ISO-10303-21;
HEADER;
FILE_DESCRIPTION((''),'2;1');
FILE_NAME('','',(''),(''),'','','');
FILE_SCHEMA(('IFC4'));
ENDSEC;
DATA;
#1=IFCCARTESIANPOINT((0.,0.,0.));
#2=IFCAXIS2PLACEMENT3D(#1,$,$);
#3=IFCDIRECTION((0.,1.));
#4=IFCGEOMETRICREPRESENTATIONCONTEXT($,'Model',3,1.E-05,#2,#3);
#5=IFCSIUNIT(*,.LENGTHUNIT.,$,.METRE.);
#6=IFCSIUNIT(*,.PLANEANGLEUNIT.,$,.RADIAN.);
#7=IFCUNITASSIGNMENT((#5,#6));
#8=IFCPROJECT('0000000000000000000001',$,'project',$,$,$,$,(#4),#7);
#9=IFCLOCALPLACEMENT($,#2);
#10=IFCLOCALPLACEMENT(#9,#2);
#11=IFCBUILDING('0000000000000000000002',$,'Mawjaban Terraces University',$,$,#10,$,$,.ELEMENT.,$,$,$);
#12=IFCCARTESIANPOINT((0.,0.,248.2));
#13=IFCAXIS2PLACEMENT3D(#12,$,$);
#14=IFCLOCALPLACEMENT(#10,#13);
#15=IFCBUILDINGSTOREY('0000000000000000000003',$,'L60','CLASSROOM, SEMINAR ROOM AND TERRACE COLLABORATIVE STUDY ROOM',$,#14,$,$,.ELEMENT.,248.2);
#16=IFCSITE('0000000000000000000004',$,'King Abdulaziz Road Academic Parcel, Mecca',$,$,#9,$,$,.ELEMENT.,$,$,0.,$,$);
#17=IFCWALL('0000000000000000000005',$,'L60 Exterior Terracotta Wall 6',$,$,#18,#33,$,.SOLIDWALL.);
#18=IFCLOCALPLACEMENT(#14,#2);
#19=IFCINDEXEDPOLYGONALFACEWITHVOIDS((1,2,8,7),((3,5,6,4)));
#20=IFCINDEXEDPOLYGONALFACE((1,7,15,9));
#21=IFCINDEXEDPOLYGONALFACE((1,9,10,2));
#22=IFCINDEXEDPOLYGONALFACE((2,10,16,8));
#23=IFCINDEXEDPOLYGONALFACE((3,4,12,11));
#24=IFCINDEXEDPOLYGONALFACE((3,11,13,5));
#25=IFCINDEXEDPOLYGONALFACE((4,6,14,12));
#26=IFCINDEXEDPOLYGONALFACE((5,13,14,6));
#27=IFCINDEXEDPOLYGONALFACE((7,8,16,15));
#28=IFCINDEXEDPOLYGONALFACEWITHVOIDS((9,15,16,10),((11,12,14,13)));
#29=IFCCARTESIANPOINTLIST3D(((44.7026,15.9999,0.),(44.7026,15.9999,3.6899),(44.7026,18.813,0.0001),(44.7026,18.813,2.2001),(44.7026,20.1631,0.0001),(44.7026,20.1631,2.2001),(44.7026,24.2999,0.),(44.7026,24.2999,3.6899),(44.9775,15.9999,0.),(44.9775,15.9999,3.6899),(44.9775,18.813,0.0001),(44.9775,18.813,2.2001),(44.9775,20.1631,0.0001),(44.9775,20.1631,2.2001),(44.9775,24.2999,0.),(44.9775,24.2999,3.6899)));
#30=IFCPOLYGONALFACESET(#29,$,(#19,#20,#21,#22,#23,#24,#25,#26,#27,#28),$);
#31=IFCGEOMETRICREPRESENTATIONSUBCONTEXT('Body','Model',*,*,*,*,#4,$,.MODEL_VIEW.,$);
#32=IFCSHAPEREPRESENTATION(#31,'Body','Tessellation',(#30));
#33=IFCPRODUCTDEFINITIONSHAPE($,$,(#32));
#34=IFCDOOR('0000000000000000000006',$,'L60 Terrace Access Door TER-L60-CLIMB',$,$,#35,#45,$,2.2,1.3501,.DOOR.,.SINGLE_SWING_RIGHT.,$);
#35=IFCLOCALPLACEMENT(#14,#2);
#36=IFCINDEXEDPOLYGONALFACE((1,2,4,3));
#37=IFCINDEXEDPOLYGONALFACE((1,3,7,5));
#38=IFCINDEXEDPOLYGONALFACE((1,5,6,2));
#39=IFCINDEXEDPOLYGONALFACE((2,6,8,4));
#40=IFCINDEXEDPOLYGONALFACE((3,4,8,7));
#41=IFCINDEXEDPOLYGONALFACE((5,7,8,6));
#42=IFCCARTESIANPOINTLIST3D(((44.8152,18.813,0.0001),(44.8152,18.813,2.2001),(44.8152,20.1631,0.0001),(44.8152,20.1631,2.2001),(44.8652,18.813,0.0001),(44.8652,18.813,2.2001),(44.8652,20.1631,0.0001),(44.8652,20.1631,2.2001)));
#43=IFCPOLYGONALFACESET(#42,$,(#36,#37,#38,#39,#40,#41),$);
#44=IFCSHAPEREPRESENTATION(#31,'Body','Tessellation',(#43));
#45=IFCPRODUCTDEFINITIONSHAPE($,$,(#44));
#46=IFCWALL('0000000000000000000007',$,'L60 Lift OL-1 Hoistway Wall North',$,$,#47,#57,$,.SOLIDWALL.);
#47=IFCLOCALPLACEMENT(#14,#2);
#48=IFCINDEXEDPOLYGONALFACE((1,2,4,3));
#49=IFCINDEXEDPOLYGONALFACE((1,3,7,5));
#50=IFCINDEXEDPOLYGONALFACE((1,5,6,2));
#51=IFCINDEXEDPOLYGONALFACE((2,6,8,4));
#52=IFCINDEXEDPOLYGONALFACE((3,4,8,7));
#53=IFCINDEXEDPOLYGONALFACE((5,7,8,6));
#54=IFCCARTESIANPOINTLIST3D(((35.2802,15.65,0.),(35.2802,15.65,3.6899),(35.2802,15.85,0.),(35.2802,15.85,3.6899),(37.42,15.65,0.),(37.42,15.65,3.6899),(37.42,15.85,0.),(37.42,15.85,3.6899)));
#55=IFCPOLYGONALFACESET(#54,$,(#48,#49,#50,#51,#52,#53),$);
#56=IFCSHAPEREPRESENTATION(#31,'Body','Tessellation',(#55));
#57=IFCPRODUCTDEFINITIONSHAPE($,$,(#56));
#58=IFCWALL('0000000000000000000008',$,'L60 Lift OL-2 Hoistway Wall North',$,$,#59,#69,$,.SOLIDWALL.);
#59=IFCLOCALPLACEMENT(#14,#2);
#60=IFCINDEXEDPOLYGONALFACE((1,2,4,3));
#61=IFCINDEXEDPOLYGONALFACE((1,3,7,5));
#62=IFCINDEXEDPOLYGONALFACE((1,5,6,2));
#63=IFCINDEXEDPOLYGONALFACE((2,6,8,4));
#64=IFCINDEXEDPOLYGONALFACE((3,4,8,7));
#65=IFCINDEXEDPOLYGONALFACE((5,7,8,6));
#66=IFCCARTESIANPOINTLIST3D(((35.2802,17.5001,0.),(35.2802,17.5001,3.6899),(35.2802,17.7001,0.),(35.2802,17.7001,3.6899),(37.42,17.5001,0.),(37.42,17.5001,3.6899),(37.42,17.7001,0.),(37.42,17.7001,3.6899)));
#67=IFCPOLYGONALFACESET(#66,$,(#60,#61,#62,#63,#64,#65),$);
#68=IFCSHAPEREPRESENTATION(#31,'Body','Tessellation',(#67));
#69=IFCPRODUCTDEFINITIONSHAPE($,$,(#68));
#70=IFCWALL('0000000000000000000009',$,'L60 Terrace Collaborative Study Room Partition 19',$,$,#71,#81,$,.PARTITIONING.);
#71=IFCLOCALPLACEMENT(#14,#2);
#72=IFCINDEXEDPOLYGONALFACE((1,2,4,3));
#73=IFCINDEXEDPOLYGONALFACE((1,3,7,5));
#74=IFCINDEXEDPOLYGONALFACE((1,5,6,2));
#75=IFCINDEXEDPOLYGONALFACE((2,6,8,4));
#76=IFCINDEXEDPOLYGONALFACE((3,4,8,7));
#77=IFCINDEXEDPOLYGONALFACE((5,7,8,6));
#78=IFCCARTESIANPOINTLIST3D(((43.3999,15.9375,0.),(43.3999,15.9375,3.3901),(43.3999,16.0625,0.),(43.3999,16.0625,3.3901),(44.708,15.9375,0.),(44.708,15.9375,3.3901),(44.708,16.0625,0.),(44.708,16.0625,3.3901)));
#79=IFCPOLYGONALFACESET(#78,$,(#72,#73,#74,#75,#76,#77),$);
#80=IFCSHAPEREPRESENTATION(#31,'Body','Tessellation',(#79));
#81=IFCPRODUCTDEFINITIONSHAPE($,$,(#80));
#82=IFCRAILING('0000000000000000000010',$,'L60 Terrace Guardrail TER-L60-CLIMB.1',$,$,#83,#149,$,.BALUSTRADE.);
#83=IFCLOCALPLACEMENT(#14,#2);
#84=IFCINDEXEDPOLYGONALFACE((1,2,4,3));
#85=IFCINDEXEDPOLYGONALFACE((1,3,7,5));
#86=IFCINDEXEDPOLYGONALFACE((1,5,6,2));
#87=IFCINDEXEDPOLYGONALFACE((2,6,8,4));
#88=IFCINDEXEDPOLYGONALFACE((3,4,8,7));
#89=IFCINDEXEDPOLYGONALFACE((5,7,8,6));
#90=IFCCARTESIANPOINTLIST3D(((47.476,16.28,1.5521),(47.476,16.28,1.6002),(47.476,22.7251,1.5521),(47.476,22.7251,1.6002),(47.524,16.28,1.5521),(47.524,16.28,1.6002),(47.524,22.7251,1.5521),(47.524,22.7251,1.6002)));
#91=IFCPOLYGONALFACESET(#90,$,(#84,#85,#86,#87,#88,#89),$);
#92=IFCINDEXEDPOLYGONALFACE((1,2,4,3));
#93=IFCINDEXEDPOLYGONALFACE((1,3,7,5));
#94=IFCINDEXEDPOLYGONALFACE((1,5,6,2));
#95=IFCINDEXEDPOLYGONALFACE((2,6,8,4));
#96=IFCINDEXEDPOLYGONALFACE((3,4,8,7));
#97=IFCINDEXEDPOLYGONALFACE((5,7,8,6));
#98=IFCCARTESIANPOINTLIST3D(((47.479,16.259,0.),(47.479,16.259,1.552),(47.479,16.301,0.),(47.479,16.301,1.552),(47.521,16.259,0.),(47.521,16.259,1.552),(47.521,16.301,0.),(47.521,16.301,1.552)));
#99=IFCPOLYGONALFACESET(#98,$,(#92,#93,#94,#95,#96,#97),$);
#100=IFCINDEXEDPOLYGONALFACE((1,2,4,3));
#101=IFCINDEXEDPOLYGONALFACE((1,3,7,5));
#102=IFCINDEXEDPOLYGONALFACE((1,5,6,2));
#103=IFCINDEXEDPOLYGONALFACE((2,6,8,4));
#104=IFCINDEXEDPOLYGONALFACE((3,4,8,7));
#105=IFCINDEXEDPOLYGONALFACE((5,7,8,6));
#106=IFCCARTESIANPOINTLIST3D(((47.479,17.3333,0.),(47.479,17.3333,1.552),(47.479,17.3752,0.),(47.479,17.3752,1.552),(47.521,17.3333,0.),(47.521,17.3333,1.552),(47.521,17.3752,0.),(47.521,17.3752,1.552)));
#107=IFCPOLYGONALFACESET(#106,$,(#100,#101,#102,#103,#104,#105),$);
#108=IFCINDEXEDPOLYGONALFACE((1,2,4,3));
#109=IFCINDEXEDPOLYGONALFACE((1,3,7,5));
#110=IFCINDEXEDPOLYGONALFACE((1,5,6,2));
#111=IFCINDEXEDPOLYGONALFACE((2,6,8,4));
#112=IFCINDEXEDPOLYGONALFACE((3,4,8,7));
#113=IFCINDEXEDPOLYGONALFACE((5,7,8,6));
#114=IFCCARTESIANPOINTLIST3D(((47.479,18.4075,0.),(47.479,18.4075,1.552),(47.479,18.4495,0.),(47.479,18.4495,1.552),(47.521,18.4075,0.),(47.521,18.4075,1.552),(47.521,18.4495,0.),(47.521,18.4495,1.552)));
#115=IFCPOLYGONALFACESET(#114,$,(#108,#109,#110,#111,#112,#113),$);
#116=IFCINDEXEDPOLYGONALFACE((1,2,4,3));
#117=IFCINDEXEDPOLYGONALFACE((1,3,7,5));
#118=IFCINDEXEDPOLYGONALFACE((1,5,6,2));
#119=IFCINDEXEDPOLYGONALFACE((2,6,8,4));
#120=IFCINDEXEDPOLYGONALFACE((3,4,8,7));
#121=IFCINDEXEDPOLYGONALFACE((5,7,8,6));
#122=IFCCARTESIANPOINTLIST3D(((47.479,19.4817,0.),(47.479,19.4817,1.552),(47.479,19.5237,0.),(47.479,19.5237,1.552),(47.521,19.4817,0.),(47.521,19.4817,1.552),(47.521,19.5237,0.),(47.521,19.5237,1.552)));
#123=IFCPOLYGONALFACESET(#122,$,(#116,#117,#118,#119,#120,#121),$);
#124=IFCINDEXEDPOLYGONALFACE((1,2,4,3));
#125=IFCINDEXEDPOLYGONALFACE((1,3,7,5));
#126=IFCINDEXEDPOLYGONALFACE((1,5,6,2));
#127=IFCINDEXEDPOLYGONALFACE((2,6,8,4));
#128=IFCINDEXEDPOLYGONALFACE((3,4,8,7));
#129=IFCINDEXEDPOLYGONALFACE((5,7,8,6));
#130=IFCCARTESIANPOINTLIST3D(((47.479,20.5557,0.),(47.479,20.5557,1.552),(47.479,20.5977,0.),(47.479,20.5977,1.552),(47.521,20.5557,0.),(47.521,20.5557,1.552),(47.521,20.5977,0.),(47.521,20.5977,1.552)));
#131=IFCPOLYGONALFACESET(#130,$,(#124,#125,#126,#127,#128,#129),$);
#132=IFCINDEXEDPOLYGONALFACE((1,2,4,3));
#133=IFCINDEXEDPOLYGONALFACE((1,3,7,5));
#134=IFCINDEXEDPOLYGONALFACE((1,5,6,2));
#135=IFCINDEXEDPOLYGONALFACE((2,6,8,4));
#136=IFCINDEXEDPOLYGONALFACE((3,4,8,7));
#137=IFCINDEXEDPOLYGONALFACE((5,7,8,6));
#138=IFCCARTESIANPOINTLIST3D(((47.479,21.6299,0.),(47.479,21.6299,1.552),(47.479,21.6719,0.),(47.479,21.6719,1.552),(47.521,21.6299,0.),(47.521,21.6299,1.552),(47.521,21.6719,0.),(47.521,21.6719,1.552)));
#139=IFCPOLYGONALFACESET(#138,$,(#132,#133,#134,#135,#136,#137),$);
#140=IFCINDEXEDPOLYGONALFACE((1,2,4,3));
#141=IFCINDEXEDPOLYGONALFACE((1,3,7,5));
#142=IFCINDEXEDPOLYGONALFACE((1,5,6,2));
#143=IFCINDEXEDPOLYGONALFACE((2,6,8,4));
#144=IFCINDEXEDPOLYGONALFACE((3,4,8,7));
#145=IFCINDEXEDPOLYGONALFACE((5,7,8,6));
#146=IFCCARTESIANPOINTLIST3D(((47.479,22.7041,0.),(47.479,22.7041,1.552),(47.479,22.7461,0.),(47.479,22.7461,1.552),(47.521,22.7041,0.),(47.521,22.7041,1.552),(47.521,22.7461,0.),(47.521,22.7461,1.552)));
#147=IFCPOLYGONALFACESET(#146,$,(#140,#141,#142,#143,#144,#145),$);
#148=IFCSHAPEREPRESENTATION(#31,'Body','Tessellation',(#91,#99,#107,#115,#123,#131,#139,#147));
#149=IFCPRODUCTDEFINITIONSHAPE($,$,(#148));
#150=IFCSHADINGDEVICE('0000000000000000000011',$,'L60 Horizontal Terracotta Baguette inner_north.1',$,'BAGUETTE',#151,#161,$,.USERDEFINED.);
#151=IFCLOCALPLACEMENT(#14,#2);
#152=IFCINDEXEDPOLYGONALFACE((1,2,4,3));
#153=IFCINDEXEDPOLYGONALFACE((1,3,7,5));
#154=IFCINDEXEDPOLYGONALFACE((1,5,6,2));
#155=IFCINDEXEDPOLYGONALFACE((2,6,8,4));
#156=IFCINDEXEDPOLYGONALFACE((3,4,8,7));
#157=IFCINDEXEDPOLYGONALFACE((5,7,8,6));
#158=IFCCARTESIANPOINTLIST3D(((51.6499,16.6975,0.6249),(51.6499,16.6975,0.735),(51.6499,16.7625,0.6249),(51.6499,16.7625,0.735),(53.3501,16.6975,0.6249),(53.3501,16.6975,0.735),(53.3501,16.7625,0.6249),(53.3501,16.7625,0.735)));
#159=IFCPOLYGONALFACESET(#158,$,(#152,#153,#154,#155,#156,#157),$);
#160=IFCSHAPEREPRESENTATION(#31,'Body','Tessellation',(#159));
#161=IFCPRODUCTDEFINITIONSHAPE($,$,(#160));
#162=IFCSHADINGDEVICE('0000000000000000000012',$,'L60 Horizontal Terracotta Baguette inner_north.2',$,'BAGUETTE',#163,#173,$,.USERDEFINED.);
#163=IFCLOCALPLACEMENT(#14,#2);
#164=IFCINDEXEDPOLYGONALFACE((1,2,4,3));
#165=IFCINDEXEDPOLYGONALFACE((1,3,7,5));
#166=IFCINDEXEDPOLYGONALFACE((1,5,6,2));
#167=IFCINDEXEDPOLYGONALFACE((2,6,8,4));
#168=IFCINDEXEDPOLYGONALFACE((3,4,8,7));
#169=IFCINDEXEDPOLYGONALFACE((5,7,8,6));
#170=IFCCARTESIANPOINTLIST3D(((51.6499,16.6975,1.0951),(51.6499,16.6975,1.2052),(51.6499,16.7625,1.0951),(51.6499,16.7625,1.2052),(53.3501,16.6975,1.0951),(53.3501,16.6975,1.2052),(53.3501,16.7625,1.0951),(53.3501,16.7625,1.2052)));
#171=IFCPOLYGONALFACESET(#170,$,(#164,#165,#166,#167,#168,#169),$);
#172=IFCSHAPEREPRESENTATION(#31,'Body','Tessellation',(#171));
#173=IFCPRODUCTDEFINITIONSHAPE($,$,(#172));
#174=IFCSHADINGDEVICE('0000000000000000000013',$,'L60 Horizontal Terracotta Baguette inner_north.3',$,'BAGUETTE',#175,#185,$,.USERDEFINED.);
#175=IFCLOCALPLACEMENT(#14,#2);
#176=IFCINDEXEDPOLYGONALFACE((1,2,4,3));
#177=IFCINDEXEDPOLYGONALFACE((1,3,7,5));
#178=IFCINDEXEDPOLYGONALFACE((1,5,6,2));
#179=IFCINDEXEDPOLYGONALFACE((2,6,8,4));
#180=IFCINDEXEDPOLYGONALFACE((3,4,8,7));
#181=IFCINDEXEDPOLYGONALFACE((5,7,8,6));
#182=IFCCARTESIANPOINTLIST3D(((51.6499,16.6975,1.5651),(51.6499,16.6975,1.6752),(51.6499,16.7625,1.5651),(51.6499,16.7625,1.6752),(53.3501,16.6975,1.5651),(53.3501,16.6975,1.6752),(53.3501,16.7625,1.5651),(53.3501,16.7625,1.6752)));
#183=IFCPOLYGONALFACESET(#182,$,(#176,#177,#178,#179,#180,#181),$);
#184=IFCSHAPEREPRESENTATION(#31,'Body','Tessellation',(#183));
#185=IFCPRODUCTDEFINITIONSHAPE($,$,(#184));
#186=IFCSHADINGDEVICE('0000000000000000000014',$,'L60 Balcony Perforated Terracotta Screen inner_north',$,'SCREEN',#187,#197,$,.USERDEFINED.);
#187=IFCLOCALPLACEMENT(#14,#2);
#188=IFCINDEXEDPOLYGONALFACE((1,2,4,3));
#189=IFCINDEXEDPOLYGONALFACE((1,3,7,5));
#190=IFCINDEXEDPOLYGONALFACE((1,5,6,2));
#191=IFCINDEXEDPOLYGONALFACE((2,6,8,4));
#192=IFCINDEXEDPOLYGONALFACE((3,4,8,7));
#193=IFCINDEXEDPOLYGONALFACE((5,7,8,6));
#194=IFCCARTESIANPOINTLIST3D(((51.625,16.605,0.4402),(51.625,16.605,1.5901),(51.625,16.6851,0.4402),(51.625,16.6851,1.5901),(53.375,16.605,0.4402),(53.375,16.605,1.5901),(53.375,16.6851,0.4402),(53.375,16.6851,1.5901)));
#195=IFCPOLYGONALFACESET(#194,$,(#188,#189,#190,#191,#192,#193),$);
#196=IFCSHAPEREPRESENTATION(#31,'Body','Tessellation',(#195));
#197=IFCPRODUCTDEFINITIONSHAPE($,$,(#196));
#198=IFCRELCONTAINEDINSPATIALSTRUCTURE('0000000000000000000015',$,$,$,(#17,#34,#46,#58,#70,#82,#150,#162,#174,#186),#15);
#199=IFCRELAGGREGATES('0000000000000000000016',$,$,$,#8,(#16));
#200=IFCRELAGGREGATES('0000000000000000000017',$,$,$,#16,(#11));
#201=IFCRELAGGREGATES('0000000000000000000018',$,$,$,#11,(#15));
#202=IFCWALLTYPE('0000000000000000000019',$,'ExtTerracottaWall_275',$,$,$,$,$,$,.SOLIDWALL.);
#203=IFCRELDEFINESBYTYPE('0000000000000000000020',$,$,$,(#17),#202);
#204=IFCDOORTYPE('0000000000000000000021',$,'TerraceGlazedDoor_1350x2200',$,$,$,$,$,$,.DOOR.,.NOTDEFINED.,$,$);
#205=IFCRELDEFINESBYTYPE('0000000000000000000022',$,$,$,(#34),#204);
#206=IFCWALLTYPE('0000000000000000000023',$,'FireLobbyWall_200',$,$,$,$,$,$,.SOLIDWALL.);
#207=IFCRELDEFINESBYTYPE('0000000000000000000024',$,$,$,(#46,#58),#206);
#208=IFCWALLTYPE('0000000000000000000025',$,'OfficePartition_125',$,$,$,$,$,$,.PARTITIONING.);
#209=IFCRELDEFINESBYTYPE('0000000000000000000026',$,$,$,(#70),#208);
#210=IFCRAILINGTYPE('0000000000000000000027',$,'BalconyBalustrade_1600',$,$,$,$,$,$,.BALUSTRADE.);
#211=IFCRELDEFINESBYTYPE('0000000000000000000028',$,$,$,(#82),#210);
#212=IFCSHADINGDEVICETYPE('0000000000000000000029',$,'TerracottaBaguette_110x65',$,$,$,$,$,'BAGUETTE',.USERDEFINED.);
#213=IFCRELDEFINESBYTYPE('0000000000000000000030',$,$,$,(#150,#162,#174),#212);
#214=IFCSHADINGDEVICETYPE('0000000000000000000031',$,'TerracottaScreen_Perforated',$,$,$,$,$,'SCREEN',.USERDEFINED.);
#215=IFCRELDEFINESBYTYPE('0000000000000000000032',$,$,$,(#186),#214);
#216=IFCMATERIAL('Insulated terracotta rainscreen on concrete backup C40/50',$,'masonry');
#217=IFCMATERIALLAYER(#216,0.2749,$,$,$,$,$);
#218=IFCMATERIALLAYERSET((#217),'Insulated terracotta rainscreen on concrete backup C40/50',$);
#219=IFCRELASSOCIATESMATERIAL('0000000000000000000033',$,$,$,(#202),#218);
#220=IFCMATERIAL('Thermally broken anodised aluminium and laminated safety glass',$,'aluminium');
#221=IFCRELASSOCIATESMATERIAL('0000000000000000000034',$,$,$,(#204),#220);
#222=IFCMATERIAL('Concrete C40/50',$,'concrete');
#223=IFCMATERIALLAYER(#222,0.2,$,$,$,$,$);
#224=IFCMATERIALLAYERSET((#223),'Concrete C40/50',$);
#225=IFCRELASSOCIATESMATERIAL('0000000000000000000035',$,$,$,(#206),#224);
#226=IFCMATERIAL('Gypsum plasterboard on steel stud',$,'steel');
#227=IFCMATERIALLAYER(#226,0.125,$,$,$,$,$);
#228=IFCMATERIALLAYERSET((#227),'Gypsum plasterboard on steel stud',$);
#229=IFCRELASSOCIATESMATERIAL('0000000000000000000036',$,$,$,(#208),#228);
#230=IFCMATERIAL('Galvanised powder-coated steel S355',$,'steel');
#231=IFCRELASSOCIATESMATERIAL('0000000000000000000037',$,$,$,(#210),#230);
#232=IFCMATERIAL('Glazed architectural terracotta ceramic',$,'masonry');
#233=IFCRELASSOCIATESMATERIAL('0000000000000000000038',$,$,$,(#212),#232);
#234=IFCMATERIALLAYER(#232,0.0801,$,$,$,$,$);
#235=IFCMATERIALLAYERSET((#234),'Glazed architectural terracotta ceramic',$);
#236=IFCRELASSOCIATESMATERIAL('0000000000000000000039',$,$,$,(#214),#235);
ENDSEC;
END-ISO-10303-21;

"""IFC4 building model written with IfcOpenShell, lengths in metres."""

from ifc_helpers import new_model, si_unit, direction, frame, frame_2d, origin, origin_2d, place, context, subcontext, project, spatial, rectangle, extrude, material, layer, layer_set, material_profile, profile_set, type_object, element, fill, save


model = new_model("IFC4")

# Units and contexts
model_context = context("Model", 3, precision=1e-05, world=origin(), true_north=direction((0.0, 1.0)))
body_context = subcontext(model_context, "Body", "Model", "MODEL_VIEW")
ifc_project = project(units=[si_unit("LENGTHUNIT", "METRE"), si_unit("PLANEANGLEUNIT", "RADIAN")], contexts=[model_context])

# Site, building, storey
site_placement = place(None, origin())
site = spatial("IfcSite", under=ifc_project, at=site_placement, Name="King Abdulaziz Road Academic Parcel, Mecca", CompositionType="ELEMENT", RefElevation=0.0)
building_placement = place(site_placement, origin())
building = spatial("IfcBuilding", under=site, at=building_placement, Name="Mawjaban Terraces University", CompositionType="ELEMENT")
storey_placement = place(building_placement, frame((0.0, 0.0, 248.2)))
storey = spatial("IfcBuildingStorey", under=building, at=storey_placement, Name="L60", Description="CLASSROOM, SEMINAR ROOM AND TERRACE COLLABORATIVE STUDY ROOM", CompositionType="ELEMENT", Elevation=248.2)

# Shared definitions
ifc_material_1 = material(Name="Insulated terracotta rainscreen on concrete backup C40/50", Category="masonry")
ifc_layer_1 = layer(ifc_material_1, 0.2749)
ifc_layer_set_1 = layer_set([ifc_layer_1], Name="Insulated terracotta rainscreen on concrete backup C40/50")
wall_type_1 = type_object("IfcWallType", Name="ExtTerracottaWall_275", PredefinedType="SOLIDWALL", material=ifc_layer_set_1)
ifc_material_2 = material(Name="Thermally broken anodised aluminium and laminated safety glass", Category="aluminium")

# Wall, opening, door
wall_1_placement = place(storey_placement, frame((44.8401, 16.0, 0.0), z_axis=(0.0, 0.0, 1.0), x_axis=(0.0, 1.0, 0.0)))
wall_1 = element("IfcWall", 1, at=wall_1_placement, inside=storey, type_object=wall_type_1, Name="L60 Exterior Terracotta Wall 6", PredefinedType="SOLIDWALL", context=body_context, shape_type="SweptSolid", body=[
    extrude(rectangle(XDim=8.3, YDim=0.2749, at=frame_2d((4.1499, 0.0))), origin(), (0.0, 0.0, 1.0), 3.6899),
])
opening_1_placement = place(wall_1_placement, frame((2.813, 0.0, 0.0)))
opening_1 = element("IfcOpeningElement", 2, at=opening_1_placement, cuts=wall_1, PredefinedType="OPENING", context=body_context, shape_type="SweptSolid", body=[
    extrude(rectangle(XDim=1.3501, YDim=2.2, at=frame_2d((0.675, 1.1001))), frame((0.0, 0.1475, 0.0), z_axis=(0.0, -1.0, 0.0), x_axis=(1.0, 0.0, 0.0)), (0.0, 0.0, 1.0), 0.2949),
])
door_type_1 = type_object("IfcDoorType", Name="TerraceGlazedDoor_1350x2200", OperationType="NOTDEFINED", PredefinedType="DOOR", material=ifc_material_2)
door_1_placement = place(opening_1_placement, origin())
door_1 = element("IfcDoor", 3, at=door_1_placement, inside=storey, type_object=door_type_1, Name="L60 Terrace Access Door TER-L60-CLIMB", OperationType="SINGLE_SWING_RIGHT", OverallHeight=2.2, OverallWidth=1.3501, PredefinedType="DOOR", context=body_context, shape_type="SweptSolid", body=[
    extrude(rectangle(XDim=1.3501, YDim=2.2, at=frame_2d((0.675, 1.1001))), frame((0.0, 0.0249, 0.0), z_axis=(0.0, -1.0, 0.0), x_axis=(1.0, 0.0, 0.0)), (0.0, 0.0, 1.0), 0.05),
])
fill(opening_1, door_1)

# Walls
ifc_material_3 = material(Name="Concrete C40/50", Category="concrete")
ifc_layer_2 = layer(ifc_material_3, 0.2)
ifc_layer_set_2 = layer_set([ifc_layer_2], Name="Concrete C40/50")
wall_type_2 = type_object("IfcWallType", Name="FireLobbyWall_200", PredefinedType="SOLIDWALL", material=ifc_layer_set_2)
for number, where, z_axis, x_axis, name in (
    (4, (37.4199, 15.75, 0.0), (0.0, 0.0, 1.0), (-1.0, 0.0, 0.0), "L60 Lift OL-1 Hoistway Wall North"),
    (5, (37.4199, 17.6001, 0.0), (0.0, 0.0, 1.0), (-1.0, 0.0, 0.0), "L60 Lift OL-2 Hoistway Wall North"),
):
    element("IfcWall", number, at=place(storey_placement, frame(where, z_axis=z_axis, x_axis=x_axis)), inside=storey, type_object=wall_type_2, Name=name, PredefinedType="SOLIDWALL", context=body_context, shape_type="SweptSolid", body=[
        extrude(rectangle(XDim=2.1399, YDim=0.2, at=frame_2d((1.0698, 0.0))), origin(), (0.0, 0.0, 1.0), 3.6899),
    ])
ifc_material_4 = material(Name="Gypsum plasterboard on steel stud", Category="steel")
ifc_layer_3 = layer(ifc_material_4, 0.125)
ifc_layer_set_3 = layer_set([ifc_layer_3], Name="Gypsum plasterboard on steel stud")
wall_type_3 = type_object("IfcWallType", Name="OfficePartition_125", PredefinedType="PARTITIONING", material=ifc_layer_set_3)
wall_2_placement = place(storey_placement, frame((43.3999, 16.0, 0.0), z_axis=(0.0, 0.0, 1.0), x_axis=(1.0, 0.0, 0.0)))
element("IfcWall", 6, at=wall_2_placement, inside=storey, type_object=wall_type_3, Name="L60 Terrace Collaborative Study Room Partition 19", PredefinedType="PARTITIONING", context=body_context, shape_type="SweptSolid", body=[
    extrude(rectangle(XDim=1.3081, YDim=0.125, at=frame_2d((0.6541, 0.0))), origin(), (0.0, 0.0, 1.0), 3.3901),
])

# Railing
ifc_material_5 = material(Name="Galvanised powder-coated steel S355", Category="steel")
railing_type = type_object("IfcRailingType", Name="BalconyBalustrade_1600", PredefinedType="BALUSTRADE", material=ifc_material_5)
railing_1_placement = place(storey_placement, frame((47.5, 16.28, 0.0)))
element("IfcRailing", 7, at=railing_1_placement, inside=storey, type_object=railing_type, Name="L60 Terrace Guardrail TER-L60-CLIMB.1", PredefinedType="BALUSTRADE", context=body_context, shape_type="SweptSolid", body=[
    extrude(rectangle(XDim=0.0481, YDim=0.0481, at=origin_2d()), frame((0.0, 0.0, 1.5762), z_axis=(0.0, 1.0, 0.0), x_axis=(-1.0, 0.0, 0.0)), (0.0, 0.0, 1.0), 6.4451),
    extrude(rectangle(XDim=0.042, YDim=0.042, at=origin_2d()), origin(), (0.0, 0.0, 1.0), 1.552),
    extrude(rectangle(XDim=0.042, YDim=0.042, at=origin_2d()), frame((0.0, 1.0742, 0.0)), (0.0, 0.0, 1.0), 1.552),
    extrude(rectangle(XDim=0.042, YDim=0.042, at=origin_2d()), frame((0.0, 2.1484, 0.0)), (0.0, 0.0, 1.0), 1.552),
    extrude(rectangle(XDim=0.042, YDim=0.042, at=origin_2d()), frame((0.0, 3.2227, 0.0)), (0.0, 0.0, 1.0), 1.552),
    extrude(rectangle(XDim=0.042, YDim=0.042, at=origin_2d()), frame((0.0, 4.2966, 0.0)), (0.0, 0.0, 1.0), 1.552),
    extrude(rectangle(XDim=0.042, YDim=0.042, at=origin_2d()), frame((0.0, 5.3708, 0.0)), (0.0, 0.0, 1.0), 1.552),
    extrude(rectangle(XDim=0.042, YDim=0.042, at=origin_2d()), frame((0.0, 6.4451, 0.0)), (0.0, 0.0, 1.0), 1.552),
])

# Shading devices
ifc_material_6 = material(Name="Glazed architectural terracotta ceramic", Category="masonry")
ifc_material_profile_1 = material_profile(ifc_material_6, rectangle(XDim=0.0649, YDim=0.1101, at=origin_2d()), Name="TBAG110X65")
ifc_profile_set_1 = profile_set([ifc_material_profile_1], Name="Glazed architectural terracotta ceramic")
shading_device_type_1 = type_object("IfcShadingDeviceType", Name="TerracottaBaguette_110x65", ElementType="BAGUETTE", PredefinedType="USERDEFINED", material=ifc_profile_set_1)
for number, where, z_axis, x_axis, name in (
    (8, (51.6499, 16.73, 0.6799), (1.0, 0.0, 0.0), (0.0, 1.0, 0.0), "L60 Horizontal Terracotta Baguette inner_north.1"),
    (9, (51.6499, 16.73, 1.1501), (1.0, 0.0, 0.0), (0.0, 1.0, 0.0), "L60 Horizontal Terracotta Baguette inner_north.2"),
    (10, (51.6499, 16.73, 1.6201), (1.0, 0.0, 0.0), (0.0, 1.0, 0.0), "L60 Horizontal Terracotta Baguette inner_north.3"),
):
    element("IfcShadingDevice", number, at=place(storey_placement, frame(where, z_axis=z_axis, x_axis=x_axis)), inside=storey, type_object=shading_device_type_1, Name=name, ObjectType="BAGUETTE", PredefinedType="USERDEFINED", context=body_context, shape_type="SweptSolid", body=[
        extrude(rectangle(XDim=0.0649, YDim=0.1101, at=origin_2d()), origin(), (0.0, 0.0, 1.0), 1.7002),
    ])
ifc_layer_4 = layer(ifc_material_6, 0.0801)
ifc_layer_set_4 = layer_set([ifc_layer_4], Name="Glazed architectural terracotta ceramic")
shading_device_type_2 = type_object("IfcShadingDeviceType", Name="TerracottaScreen_Perforated", ElementType="SCREEN", PredefinedType="USERDEFINED", material=ifc_layer_set_4)
shading_device_placement = place(storey_placement, frame((52.5, 16.645, 0.4402), z_axis=(0.0, 0.0, 1.0), x_axis=(1.0, 0.0, 0.0)))
element("IfcShadingDevice", 11, at=shading_device_placement, inside=storey, type_object=shading_device_type_2, Name="L60 Balcony Perforated Terracotta Screen inner_north", ObjectType="SCREEN", PredefinedType="USERDEFINED", context=body_context, shape_type="SweptSolid", body=[
    extrude(rectangle(XDim=1.75, YDim=0.0801, at=origin_2d()), origin(), (0.0, 0.0, 1.0), 1.1499),
])

save(model, "model.ifc")
